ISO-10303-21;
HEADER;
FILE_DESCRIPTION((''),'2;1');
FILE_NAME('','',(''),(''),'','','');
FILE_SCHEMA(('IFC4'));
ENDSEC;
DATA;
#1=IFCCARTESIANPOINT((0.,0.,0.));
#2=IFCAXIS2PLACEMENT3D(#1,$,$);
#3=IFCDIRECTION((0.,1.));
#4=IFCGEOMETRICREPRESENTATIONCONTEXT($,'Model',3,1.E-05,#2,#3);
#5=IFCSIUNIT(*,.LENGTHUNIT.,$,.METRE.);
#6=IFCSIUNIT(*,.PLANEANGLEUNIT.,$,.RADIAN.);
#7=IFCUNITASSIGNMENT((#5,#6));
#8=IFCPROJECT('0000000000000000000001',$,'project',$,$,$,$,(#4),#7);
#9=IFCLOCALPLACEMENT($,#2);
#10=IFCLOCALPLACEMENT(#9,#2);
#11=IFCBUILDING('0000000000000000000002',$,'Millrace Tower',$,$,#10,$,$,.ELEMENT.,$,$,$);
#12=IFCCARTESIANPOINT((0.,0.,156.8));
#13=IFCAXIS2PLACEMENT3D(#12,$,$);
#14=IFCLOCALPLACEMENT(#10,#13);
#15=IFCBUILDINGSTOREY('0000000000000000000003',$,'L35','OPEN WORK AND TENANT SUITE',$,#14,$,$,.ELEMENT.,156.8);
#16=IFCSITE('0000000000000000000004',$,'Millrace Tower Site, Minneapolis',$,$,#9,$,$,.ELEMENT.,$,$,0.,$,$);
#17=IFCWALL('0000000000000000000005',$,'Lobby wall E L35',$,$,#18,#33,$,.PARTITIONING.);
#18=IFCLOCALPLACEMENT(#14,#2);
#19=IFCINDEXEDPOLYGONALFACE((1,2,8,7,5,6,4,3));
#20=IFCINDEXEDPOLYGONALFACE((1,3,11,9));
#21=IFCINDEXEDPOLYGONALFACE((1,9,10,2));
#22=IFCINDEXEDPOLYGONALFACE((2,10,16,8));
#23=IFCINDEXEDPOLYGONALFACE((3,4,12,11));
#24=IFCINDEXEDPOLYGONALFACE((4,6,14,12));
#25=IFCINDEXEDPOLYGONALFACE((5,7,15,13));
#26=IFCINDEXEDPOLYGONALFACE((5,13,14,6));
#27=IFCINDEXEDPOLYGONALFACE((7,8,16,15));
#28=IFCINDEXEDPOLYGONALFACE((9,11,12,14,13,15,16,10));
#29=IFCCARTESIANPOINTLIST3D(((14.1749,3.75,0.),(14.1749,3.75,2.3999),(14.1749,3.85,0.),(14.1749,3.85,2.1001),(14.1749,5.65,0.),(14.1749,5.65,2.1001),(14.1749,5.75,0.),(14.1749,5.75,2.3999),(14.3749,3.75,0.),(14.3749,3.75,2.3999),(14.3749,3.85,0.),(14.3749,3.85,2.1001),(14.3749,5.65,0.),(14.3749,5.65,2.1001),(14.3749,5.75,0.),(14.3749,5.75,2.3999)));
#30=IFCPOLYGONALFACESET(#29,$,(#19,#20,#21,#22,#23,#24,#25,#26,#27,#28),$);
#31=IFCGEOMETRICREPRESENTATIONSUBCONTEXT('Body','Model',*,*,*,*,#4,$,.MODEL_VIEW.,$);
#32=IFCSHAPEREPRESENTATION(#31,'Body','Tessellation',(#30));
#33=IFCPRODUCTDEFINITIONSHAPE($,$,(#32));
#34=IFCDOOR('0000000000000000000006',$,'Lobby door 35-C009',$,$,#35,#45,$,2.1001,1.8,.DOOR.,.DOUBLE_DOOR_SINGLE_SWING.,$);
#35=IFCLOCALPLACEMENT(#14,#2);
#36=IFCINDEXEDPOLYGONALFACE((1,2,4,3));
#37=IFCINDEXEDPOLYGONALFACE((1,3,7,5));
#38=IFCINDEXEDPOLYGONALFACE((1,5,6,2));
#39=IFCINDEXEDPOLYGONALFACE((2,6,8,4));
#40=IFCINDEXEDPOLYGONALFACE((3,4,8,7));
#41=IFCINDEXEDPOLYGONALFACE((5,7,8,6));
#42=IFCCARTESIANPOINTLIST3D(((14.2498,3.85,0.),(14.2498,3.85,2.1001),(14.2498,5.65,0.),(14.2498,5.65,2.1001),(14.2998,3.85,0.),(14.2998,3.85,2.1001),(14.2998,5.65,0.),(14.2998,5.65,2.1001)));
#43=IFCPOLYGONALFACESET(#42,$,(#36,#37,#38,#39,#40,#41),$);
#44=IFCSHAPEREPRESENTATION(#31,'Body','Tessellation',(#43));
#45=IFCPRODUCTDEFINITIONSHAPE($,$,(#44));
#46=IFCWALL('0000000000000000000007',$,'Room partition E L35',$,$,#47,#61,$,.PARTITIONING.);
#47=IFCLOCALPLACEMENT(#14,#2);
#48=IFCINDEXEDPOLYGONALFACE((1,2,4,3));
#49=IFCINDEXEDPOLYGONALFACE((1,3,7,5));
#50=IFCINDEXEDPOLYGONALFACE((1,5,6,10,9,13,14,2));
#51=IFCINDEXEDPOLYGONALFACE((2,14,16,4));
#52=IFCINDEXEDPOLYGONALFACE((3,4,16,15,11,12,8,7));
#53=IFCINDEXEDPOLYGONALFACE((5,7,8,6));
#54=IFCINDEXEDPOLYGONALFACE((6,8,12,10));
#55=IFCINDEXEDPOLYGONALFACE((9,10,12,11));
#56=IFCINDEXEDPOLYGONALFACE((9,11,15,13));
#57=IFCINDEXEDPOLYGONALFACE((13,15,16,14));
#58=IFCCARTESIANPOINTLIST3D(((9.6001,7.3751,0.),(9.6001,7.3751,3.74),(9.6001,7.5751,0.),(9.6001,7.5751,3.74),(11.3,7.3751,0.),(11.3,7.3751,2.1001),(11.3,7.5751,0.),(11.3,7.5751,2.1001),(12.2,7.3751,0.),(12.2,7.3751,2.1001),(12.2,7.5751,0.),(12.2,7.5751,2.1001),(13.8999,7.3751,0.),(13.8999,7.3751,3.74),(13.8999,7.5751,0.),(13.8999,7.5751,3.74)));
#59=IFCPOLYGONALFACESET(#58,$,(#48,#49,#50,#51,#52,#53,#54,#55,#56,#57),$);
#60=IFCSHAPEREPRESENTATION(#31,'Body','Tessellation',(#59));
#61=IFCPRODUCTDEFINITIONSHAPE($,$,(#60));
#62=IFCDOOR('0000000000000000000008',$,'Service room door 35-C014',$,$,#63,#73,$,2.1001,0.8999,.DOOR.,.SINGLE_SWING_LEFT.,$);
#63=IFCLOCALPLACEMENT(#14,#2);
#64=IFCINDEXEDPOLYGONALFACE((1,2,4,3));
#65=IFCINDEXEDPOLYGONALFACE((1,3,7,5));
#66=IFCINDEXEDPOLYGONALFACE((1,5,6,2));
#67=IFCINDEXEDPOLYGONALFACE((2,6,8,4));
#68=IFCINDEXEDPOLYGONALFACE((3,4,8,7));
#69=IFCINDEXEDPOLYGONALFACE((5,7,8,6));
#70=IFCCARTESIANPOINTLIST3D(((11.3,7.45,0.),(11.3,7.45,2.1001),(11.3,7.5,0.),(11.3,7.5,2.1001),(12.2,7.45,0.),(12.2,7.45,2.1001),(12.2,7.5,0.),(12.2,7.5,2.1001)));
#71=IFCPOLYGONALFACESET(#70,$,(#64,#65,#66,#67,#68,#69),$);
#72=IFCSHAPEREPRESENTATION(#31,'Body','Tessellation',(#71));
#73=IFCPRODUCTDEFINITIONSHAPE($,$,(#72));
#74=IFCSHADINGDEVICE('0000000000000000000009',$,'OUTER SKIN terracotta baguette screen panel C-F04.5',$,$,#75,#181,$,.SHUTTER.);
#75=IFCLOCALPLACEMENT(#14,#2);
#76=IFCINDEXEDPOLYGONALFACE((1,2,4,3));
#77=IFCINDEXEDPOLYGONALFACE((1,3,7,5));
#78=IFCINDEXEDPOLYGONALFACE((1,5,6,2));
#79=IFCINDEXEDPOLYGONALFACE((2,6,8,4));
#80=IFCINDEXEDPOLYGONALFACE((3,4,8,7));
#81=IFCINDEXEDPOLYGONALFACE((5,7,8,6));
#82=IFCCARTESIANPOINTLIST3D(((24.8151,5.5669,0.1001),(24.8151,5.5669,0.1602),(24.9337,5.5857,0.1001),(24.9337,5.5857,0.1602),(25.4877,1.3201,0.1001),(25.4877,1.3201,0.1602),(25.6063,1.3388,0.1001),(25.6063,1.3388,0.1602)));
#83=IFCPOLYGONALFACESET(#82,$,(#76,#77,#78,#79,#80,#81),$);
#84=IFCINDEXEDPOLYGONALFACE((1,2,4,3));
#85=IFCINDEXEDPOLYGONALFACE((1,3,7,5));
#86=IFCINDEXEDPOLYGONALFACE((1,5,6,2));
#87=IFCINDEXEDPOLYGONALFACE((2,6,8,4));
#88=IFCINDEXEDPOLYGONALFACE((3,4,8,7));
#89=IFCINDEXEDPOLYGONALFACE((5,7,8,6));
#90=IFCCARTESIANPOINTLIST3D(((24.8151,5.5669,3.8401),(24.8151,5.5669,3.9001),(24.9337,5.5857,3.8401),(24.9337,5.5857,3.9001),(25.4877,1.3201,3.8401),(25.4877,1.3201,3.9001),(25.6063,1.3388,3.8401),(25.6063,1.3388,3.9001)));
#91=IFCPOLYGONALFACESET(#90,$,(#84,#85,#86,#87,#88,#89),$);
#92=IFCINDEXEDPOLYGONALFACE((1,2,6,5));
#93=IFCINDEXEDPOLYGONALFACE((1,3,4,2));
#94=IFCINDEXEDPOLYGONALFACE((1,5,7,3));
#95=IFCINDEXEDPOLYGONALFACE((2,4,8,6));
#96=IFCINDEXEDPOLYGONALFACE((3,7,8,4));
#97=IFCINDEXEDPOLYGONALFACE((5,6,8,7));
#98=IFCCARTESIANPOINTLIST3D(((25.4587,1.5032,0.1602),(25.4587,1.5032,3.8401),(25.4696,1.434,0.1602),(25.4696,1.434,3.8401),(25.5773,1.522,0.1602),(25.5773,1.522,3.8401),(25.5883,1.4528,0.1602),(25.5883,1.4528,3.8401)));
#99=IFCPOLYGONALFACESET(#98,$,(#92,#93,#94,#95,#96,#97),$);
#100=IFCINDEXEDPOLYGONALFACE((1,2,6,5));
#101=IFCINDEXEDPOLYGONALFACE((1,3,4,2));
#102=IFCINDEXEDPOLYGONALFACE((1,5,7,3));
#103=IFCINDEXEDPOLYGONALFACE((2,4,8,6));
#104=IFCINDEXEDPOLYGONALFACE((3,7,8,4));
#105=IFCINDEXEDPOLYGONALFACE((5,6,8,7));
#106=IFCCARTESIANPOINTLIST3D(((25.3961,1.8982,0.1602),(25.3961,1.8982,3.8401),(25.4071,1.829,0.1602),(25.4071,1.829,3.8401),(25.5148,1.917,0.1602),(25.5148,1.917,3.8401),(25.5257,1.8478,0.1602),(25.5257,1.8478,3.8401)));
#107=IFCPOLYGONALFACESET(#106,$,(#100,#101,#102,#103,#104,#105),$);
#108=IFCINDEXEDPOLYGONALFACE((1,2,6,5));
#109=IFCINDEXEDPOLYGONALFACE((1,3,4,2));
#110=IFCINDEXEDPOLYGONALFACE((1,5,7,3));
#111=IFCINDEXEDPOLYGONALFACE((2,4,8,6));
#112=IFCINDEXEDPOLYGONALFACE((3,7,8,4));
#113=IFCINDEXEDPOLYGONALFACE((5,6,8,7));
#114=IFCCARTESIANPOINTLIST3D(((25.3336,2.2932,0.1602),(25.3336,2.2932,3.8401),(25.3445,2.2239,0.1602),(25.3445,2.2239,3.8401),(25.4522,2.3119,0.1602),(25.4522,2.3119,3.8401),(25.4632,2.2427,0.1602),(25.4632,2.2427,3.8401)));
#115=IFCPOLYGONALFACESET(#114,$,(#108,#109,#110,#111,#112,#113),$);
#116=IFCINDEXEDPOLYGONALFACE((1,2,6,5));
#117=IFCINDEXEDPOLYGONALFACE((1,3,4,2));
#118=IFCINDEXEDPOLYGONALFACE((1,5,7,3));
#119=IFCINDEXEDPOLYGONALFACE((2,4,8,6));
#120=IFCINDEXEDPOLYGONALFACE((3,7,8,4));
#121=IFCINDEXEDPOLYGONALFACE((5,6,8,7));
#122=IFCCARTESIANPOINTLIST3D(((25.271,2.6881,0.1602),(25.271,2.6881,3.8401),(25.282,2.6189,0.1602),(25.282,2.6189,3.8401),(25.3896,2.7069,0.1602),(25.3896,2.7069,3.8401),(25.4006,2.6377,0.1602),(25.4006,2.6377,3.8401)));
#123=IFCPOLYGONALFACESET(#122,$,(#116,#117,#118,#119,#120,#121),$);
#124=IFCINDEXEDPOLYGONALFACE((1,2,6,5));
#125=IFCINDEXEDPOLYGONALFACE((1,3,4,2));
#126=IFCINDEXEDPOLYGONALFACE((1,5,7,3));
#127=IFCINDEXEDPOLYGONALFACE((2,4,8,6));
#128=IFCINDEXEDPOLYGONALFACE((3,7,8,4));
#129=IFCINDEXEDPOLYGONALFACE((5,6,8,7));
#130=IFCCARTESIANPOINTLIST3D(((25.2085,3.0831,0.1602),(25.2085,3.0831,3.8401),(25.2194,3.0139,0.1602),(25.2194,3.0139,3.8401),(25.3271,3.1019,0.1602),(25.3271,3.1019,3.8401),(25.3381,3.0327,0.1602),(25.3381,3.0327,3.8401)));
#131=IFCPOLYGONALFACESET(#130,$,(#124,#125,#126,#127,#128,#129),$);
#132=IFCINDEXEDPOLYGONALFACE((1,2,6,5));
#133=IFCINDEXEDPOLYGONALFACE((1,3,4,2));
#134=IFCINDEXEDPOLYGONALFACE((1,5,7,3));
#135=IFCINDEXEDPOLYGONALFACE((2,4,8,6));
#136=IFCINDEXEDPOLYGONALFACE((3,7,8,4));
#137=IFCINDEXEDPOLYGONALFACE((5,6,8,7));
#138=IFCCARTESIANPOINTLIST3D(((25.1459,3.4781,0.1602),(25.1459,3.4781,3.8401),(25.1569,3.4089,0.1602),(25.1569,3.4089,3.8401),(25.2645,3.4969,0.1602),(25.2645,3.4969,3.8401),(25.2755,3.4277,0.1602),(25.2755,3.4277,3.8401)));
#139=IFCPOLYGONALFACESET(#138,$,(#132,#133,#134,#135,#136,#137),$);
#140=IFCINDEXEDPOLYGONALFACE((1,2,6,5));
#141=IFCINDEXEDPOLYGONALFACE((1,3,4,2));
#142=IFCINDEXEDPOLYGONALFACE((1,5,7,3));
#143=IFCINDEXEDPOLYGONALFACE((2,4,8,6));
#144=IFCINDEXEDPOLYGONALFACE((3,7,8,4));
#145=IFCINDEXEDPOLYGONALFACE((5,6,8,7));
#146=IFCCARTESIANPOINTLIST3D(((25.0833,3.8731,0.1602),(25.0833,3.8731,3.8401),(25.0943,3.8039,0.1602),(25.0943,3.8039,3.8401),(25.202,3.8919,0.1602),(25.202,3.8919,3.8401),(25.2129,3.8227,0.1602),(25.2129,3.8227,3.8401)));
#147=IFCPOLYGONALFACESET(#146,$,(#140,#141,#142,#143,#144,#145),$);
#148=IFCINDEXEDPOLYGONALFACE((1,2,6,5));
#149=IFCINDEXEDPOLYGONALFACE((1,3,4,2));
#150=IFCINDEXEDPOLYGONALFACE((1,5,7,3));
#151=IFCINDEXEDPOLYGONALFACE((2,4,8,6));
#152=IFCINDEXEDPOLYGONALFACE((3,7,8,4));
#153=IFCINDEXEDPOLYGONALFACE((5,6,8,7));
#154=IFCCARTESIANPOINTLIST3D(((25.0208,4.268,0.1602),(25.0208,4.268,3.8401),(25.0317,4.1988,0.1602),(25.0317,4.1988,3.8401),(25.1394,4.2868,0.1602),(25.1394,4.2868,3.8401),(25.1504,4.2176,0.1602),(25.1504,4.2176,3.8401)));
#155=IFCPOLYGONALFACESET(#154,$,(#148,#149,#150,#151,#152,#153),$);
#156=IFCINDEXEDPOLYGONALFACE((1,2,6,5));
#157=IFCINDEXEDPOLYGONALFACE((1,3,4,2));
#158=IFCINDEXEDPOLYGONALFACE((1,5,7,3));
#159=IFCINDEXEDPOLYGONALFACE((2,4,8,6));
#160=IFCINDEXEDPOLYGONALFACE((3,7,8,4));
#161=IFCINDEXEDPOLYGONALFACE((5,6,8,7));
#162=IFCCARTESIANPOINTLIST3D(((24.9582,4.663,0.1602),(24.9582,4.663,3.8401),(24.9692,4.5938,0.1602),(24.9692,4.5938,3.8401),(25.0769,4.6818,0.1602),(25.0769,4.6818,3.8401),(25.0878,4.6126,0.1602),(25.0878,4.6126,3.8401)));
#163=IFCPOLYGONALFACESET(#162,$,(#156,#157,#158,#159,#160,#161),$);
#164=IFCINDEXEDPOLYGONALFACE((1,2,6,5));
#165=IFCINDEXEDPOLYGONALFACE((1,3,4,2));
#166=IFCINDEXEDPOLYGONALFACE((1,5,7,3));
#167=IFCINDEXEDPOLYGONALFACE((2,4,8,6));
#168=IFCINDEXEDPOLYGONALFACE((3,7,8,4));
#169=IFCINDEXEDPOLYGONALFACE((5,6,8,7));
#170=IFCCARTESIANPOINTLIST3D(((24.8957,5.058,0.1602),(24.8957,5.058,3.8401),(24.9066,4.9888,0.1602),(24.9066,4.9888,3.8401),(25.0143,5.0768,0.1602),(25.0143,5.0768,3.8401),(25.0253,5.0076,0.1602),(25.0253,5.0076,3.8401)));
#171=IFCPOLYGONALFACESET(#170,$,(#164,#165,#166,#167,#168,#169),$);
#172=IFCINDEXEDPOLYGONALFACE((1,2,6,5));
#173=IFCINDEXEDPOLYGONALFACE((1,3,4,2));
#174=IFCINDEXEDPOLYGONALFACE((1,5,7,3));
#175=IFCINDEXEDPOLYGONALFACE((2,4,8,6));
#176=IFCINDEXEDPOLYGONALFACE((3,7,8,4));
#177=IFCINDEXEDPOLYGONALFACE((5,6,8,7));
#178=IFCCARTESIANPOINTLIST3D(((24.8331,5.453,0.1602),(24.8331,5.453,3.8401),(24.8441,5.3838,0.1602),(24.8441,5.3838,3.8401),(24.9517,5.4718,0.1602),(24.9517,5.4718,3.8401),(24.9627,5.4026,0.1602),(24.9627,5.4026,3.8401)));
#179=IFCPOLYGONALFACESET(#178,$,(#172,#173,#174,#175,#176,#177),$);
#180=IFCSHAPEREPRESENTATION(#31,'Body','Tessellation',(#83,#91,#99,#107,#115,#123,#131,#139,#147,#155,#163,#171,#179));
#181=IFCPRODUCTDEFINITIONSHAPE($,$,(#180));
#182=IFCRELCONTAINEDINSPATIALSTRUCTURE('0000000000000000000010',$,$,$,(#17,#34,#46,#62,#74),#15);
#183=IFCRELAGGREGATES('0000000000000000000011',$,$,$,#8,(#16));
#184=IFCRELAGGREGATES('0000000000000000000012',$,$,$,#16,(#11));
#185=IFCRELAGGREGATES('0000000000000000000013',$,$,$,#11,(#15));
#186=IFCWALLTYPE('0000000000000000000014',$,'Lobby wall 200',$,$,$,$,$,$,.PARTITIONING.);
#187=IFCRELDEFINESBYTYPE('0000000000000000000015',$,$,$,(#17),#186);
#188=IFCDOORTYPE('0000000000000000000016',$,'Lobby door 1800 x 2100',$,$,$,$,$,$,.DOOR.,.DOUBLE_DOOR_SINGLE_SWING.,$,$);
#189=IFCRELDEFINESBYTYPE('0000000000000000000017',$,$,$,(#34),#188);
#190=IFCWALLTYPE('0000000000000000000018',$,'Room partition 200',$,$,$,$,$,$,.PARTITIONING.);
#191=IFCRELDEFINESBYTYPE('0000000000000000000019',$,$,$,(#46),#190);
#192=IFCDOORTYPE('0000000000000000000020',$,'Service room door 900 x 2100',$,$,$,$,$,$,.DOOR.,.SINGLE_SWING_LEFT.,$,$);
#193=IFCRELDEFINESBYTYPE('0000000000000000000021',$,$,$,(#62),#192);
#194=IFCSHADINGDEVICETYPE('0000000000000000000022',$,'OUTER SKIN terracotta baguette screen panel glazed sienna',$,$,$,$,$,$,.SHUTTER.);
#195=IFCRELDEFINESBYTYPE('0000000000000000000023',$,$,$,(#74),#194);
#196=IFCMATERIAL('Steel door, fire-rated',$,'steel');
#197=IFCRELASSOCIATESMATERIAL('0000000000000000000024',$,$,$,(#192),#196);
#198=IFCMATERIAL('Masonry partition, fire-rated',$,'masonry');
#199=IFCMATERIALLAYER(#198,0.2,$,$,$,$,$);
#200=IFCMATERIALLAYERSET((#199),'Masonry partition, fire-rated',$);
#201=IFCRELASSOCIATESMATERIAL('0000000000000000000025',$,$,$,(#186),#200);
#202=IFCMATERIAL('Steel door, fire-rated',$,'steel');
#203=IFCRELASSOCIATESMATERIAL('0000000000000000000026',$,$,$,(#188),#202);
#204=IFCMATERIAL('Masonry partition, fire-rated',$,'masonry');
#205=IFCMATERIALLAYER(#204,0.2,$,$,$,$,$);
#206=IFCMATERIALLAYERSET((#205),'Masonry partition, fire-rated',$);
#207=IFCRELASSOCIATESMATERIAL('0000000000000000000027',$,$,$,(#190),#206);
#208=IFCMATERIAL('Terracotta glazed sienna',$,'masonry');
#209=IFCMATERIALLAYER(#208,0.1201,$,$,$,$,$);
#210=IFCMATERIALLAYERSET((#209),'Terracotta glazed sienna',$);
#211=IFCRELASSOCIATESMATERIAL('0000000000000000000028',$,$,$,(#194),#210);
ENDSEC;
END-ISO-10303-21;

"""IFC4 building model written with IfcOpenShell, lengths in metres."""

from ifc_helpers import new_model, entity, si_unit, direction, frame, frame_2d, origin, origin_2d, place, context, subcontext, project, spatial, rectangle, extrude, source, transform, mapped, material, layer, layer_set, type_object, element, fill, save


model = new_model("IFC4")

# Units and contexts
model_context = context("Model", 3, precision=1e-05, world=origin(), true_north=direction((0.0, 1.0)))
body_context = subcontext(model_context, "Body", "Model", "MODEL_VIEW")
ifc_project = project(units=[si_unit("LENGTHUNIT", "METRE"), si_unit("PLANEANGLEUNIT", "RADIAN")], contexts=[model_context])

# Site, building, storey
site_placement = place(None, origin())
site = spatial("IfcSite", under=ifc_project, at=site_placement, Name="Millrace Tower Site, Minneapolis", CompositionType="ELEMENT", RefElevation=0.0)
building_placement = place(site_placement, origin())
building = spatial("IfcBuilding", under=site, at=building_placement, Name="Millrace Tower", CompositionType="ELEMENT")
storey_placement = place(building_placement, frame((0.0, 0.0, 156.8)))
storey = spatial("IfcBuildingStorey", under=building, at=storey_placement, Name="L35", Description="OPEN WORK AND TENANT SUITE", CompositionType="ELEMENT", Elevation=156.8)

# Shared definitions
ifc_material_1 = material(Name="Steel door, fire-rated", Category="steel")
door_type_1 = type_object("IfcDoorType", Name="Service room door 900 x 2100", OperationType="SINGLE_SWING_LEFT", PredefinedType="DOOR", material=ifc_material_1)

# Walls, openings, doors
ifc_material_2 = material(Name="Masonry partition, fire-rated", Category="masonry")
ifc_layer_1 = layer(ifc_material_2, 0.2)
ifc_layer_set_1 = layer_set([ifc_layer_1], Name="Masonry partition, fire-rated")
wall_type_1 = type_object("IfcWallType", Name="Lobby wall 200", PredefinedType="PARTITIONING", material=ifc_layer_set_1)
wall_1_placement = place(storey_placement, frame((14.2749, 5.75, 0.0), z_axis=(0.0, 0.0, 1.0), x_axis=(0.0, -1.0, 0.0)))
wall_1 = element("IfcWall", 1, at=wall_1_placement, inside=storey, type_object=wall_type_1, Name="Lobby wall E L35", PredefinedType="PARTITIONING", context=body_context, shape_type="SweptSolid", body=[
    extrude(rectangle(XDim=2.0, YDim=0.2, at=frame_2d((1.0, 0.0))), origin(), (0.0, 0.0, 1.0), 2.3999),
])
opening_1_placement = place(wall_1_placement, frame((0.1001, 0.0, 0.0)))
opening_1 = element("IfcOpeningElement", 2, at=opening_1_placement, cuts=wall_1, PredefinedType="OPENING", context=body_context, shape_type="SweptSolid", body=[
    extrude(rectangle(XDim=1.8, YDim=2.1001, at=frame_2d((0.8999, 1.05))), frame((0.0, 0.1099, 0.0), z_axis=(0.0, -1.0, 0.0), x_axis=(1.0, 0.0, 0.0)), (0.0, 0.0, 1.0), 0.22),
])
ifc_material_3 = material(Name="Steel door, fire-rated", Category="steel")
door_type_2 = type_object("IfcDoorType", Name="Lobby door 1800 x 2100", OperationType="DOUBLE_DOOR_SINGLE_SWING", PredefinedType="DOOR", material=ifc_material_3)
door_1_placement = place(opening_1_placement, origin())
door_1 = element("IfcDoor", 3, at=door_1_placement, inside=storey, type_object=door_type_2, Name="Lobby door 35-C009", OperationType="DOUBLE_DOOR_SINGLE_SWING", OverallHeight=2.1001, OverallWidth=1.8, PredefinedType="DOOR", context=body_context, shape_type="SweptSolid", body=[
    extrude(rectangle(XDim=1.8, YDim=2.1001, at=frame_2d((0.8999, 1.05))), frame((0.0, 0.0249, 0.0), z_axis=(0.0, -1.0, 0.0), x_axis=(1.0, 0.0, 0.0)), (0.0, 0.0, 1.0), 0.05),
])
fill(opening_1, door_1)
ifc_material_4 = material(Name="Masonry partition, fire-rated", Category="masonry")
ifc_layer_2 = layer(ifc_material_4, 0.2)
ifc_layer_set_2 = layer_set([ifc_layer_2], Name="Masonry partition, fire-rated")
wall_type_2 = type_object("IfcWallType", Name="Room partition 200", PredefinedType="PARTITIONING", material=ifc_layer_set_2)
wall_2_placement = place(storey_placement, frame((13.8999, 7.4751, 0.0), z_axis=(0.0, 0.0, 1.0), x_axis=(-1.0, 0.0, 0.0)))
wall_2 = element("IfcWall", 4, at=wall_2_placement, inside=storey, type_object=wall_type_2, Name="Room partition E L35", PredefinedType="PARTITIONING", context=body_context, shape_type="SweptSolid", body=[
    extrude(rectangle(XDim=4.2998, YDim=0.2, at=frame_2d((2.1499, 0.0))), origin(), (0.0, 0.0, 1.0), 3.74),
])
opening_2_placement = place(wall_2_placement, frame((1.7, 0.0, 0.0)))
opening_2 = element("IfcOpeningElement", 5, at=opening_2_placement, cuts=wall_2, PredefinedType="OPENING", context=body_context, shape_type="SweptSolid", body=[
    extrude(rectangle(XDim=0.8999, YDim=2.1001, at=frame_2d((0.45, 1.05))), frame((0.0, 0.1099, 0.0), z_axis=(0.0, -1.0, 0.0), x_axis=(1.0, 0.0, 0.0)), (0.0, 0.0, 1.0), 0.22),
])
door_2_placement = place(opening_2_placement, frame((0.8999, 0.0, 0.0), z_axis=(0.0, 0.0, 1.0), x_axis=(-1.0, 0.0, 0.0)))
door_2 = element("IfcDoor", 6, at=door_2_placement, inside=storey, type_object=door_type_1, Name="Service room door 35-C014", OperationType="SINGLE_SWING_LEFT", OverallHeight=2.1001, OverallWidth=0.8999, PredefinedType="DOOR", context=body_context, shape_type="SweptSolid", body=[
    extrude(rectangle(XDim=0.8999, YDim=2.1001, at=frame_2d((0.45, 1.05))), frame((0.0, 0.0249, 0.0), z_axis=(0.0, -1.0, 0.0), x_axis=(1.0, 0.0, 0.0)), (0.0, 0.0, 1.0), 0.05),
])
fill(opening_2, door_2)

# Shading device
ifc_material_5 = material(Name="Terracotta glazed sienna", Category="masonry")
ifc_layer_3 = layer(ifc_material_5, 0.1201)
ifc_layer_set_3 = layer_set([ifc_layer_3], Name="Terracotta glazed sienna")
shading_device_type = type_object("IfcShadingDeviceType", Name="OUTER SKIN terracotta baguette screen panel glazed sienna", PredefinedType="SHUTTER", material=ifc_layer_set_3)
cartesian_point = entity("IfcCartesianPoint", [-2.1499, 0.0601])
shared_polyline = entity("IfcPolyline", [cartesian_point, entity("IfcCartesianPoint", [2.1499, 0.0601]), entity("IfcCartesianPoint", [2.1499, -0.0601]), entity("IfcCartesianPoint", [-2.1499, -0.0601]), cartesian_point])
shared_shape = source(origin(), body_context, "Body", "SweptSolid", [
    entity("IfcExtrudedAreaSolid", entity("IfcArbitraryClosedProfileDef", "AREA", None, shared_polyline), entity("IfcAxis2Placement3D", entity("IfcCartesianPoint", [0.0, 0.0, 0.0])), entity("IfcDirection", [0.0, 0.0, 1.0]), 0.0601),
    entity("IfcExtrudedAreaSolid", entity("IfcArbitraryClosedProfileDef", "AREA", None, shared_polyline), entity("IfcAxis2Placement3D", entity("IfcCartesianPoint", [0.0, 0.0, 3.74])), entity("IfcDirection", [0.0, 0.0, 1.0]), 0.0601),
    extrude(rectangle(XDim=0.0701, YDim=0.1201, at=frame_2d((-1.9995, 0.0))), frame((0.0, 0.0, 0.0601)), (0.0, 0.0, 1.0), 3.6799),
    extrude(rectangle(XDim=0.0701, YDim=0.1201, at=frame_2d((-1.5996, 0.0))), frame((0.0, 0.0, 0.0601)), (0.0, 0.0, 1.0), 3.6799),
    extrude(rectangle(XDim=0.0701, YDim=0.1201, at=frame_2d((-1.1997, 0.0))), frame((0.0, 0.0, 0.0601)), (0.0, 0.0, 1.0), 3.6799),
    extrude(rectangle(XDim=0.0701, YDim=0.1201, at=frame_2d((-0.7998, 0.0))), frame((0.0, 0.0, 0.0601)), (0.0, 0.0, 1.0), 3.6799),
    extrude(rectangle(XDim=0.0701, YDim=0.1201, at=frame_2d((-0.3999, 0.0))), frame((0.0, 0.0, 0.0601)), (0.0, 0.0, 1.0), 3.6799),
    extrude(rectangle(XDim=0.0701, YDim=0.1201, at=origin_2d()), frame((0.0, 0.0, 0.0601)), (0.0, 0.0, 1.0), 3.6799),
    extrude(rectangle(XDim=0.0701, YDim=0.1201, at=frame_2d((0.3999, 0.0))), frame((0.0, 0.0, 0.0601)), (0.0, 0.0, 1.0), 3.6799),
    extrude(rectangle(XDim=0.0701, YDim=0.1201, at=frame_2d((0.7998, 0.0))), frame((0.0, 0.0, 0.0601)), (0.0, 0.0, 1.0), 3.6799),
    extrude(rectangle(XDim=0.0701, YDim=0.1201, at=frame_2d((1.1997, 0.0))), frame((0.0, 0.0, 0.0601)), (0.0, 0.0, 1.0), 3.6799),
    extrude(rectangle(XDim=0.0701, YDim=0.1201, at=frame_2d((1.5996, 0.0))), frame((0.0, 0.0, 0.0601)), (0.0, 0.0, 1.0), 3.6799),
    extrude(rectangle(XDim=0.0701, YDim=0.1201, at=frame_2d((1.9995, 0.0))), frame((0.0, 0.0, 0.0601)), (0.0, 0.0, 1.0), 3.6799),
])
for number, where, z_axis, x_axis, name in (
    (7, (25.2107, 3.4529, 0.1001), (0.0, 0.0, 1.0), (-0.156434, 0.987688, 0.0), "OUTER SKIN terracotta baguette screen panel C-F04.5"),
):
    element("IfcShadingDevice", number, at=place(storey_placement, frame(where, z_axis=z_axis, x_axis=x_axis)), inside=storey, type_object=shading_device_type, Name=name, PredefinedType="SHUTTER", context=body_context, shape_type="MappedRepresentation", body=[
        mapped(shared_shape, transform((0.0, 0.0, 0.0), scale=1.0)),
    ])

save(model, "model.ifc")
